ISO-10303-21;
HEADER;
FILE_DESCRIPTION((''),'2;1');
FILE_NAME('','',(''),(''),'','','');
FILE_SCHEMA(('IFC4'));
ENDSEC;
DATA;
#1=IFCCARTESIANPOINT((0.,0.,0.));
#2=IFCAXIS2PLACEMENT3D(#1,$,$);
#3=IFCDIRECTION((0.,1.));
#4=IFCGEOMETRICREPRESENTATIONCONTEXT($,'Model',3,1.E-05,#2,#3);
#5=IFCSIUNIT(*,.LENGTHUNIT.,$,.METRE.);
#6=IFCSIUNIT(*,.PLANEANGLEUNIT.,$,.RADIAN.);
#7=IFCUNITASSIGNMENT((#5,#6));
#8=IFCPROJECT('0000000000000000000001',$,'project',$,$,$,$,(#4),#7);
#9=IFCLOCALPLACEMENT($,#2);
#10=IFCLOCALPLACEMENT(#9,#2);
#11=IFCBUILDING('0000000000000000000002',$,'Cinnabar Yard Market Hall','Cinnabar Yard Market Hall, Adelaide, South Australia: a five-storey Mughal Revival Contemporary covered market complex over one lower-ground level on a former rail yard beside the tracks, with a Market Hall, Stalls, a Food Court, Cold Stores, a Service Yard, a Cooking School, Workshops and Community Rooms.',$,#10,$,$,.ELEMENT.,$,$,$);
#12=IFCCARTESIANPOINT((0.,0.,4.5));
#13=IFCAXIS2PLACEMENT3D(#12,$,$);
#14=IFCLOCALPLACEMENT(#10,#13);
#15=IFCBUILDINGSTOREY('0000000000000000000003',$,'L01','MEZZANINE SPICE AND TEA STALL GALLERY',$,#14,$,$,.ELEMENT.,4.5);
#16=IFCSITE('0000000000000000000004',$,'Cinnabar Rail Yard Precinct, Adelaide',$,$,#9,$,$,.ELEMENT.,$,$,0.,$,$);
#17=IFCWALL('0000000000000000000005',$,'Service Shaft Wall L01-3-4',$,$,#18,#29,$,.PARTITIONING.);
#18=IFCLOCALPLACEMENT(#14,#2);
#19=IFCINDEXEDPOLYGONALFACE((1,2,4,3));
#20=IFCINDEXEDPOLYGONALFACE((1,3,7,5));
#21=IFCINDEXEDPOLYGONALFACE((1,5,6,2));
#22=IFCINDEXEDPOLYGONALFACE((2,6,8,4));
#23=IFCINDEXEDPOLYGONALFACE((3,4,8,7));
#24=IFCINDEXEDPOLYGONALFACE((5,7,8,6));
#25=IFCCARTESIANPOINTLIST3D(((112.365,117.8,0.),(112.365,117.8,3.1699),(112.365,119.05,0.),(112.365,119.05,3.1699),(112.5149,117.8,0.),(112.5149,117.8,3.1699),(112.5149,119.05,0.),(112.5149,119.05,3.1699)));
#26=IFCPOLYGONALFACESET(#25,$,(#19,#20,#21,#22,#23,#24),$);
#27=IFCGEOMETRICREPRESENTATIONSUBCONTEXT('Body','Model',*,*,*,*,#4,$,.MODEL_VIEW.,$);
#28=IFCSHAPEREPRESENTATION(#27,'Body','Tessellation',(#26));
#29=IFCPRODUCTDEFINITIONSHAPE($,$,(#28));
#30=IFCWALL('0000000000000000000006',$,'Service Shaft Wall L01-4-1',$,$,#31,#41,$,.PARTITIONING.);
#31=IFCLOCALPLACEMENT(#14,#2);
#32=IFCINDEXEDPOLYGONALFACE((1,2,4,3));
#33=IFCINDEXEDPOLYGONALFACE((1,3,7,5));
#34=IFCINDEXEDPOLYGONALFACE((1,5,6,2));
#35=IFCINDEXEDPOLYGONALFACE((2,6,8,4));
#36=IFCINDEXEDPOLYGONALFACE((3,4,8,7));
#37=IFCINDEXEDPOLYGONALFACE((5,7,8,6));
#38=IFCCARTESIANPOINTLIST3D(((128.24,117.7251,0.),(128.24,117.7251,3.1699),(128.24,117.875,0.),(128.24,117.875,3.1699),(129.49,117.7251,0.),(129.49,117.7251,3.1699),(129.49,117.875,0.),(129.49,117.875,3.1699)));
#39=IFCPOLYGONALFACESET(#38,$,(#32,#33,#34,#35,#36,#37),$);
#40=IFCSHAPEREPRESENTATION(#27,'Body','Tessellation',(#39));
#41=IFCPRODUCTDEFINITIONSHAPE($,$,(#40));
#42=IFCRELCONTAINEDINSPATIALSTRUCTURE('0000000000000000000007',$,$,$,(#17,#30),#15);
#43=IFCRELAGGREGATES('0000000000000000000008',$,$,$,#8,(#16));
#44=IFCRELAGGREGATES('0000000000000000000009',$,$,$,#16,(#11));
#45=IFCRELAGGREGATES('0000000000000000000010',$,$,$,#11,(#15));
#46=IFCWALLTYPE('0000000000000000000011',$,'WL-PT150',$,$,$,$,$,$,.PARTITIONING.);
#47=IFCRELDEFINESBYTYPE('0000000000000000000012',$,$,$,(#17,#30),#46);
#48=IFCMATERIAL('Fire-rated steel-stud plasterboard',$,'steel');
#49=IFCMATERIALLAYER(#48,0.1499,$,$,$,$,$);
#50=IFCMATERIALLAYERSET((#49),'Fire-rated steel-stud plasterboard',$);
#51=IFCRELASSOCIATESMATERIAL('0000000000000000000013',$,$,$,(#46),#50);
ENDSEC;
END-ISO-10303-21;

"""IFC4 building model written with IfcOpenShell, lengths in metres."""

from ifc_helpers import new_model, si_unit, direction, frame, frame_2d, origin, place, context, subcontext, project, spatial, rectangle, extrude, material, layer, layer_set, type_object, element, save


model = new_model("IFC4")

# Units and contexts
model_context = context("Model", 3, precision=1e-05, world=origin(), true_north=direction((0.0, 1.0)))
body_context = subcontext(model_context, "Body", "Model", "MODEL_VIEW")
ifc_project = project(units=[si_unit("LENGTHUNIT", "METRE"), si_unit("PLANEANGLEUNIT", "RADIAN")], contexts=[model_context])

# Site, building, storey
site_placement = place(None, origin())
site = spatial("IfcSite", under=ifc_project, at=site_placement, Name="Cinnabar Rail Yard Precinct, Adelaide", CompositionType="ELEMENT", RefElevation=0.0)
building_placement = place(site_placement, origin())
building = spatial("IfcBuilding", under=site, at=building_placement, Name="Cinnabar Yard Market Hall", Description="Cinnabar Yard Market Hall, Adelaide, South Australia: a five-storey Mughal Revival Contemporary covered market complex over one lower-ground level on a former rail yard beside the tracks, with a Market Hall, Stalls, a Food Court, Cold Stores, a Service Yard, a Cooking School, Workshops and Community Rooms.", CompositionType="ELEMENT")
storey_placement = place(building_placement, frame((0.0, 0.0, 4.5)))
storey = spatial("IfcBuildingStorey", under=building, at=storey_placement, Name="L01", Description="MEZZANINE SPICE AND TEA STALL GALLERY", CompositionType="ELEMENT", Elevation=4.5)

# Walls
ifc_material_1 = material(Name="Fire-rated steel-stud plasterboard", Category="steel")
ifc_layer_1 = layer(ifc_material_1, 0.1499)
ifc_layer_set_1 = layer_set([ifc_layer_1], Name="Fire-rated steel-stud plasterboard")
wall_type_1 = type_object("IfcWallType", Name="WL-PT150", PredefinedType="PARTITIONING", material=ifc_layer_set_1)
for number, where, z_axis, x_axis, name in (
    (1, (112.4399, 119.05, 0.0), (0.0, 0.0, 1.0), (0.0, -1.0, 0.0), "Service Shaft Wall L01-3-4"),
    (2, (128.24, 117.8, 0.0), (0.0, 0.0, 1.0), (1.0, 0.0, 0.0), "Service Shaft Wall L01-4-1"),
):
    element("IfcWall", number, at=place(storey_placement, frame(where, z_axis=z_axis, x_axis=x_axis)), inside=storey, type_object=wall_type_1, Name=name, PredefinedType="PARTITIONING", context=body_context, shape_type="SweptSolid", body=[
        extrude(rectangle(XDim=1.25, YDim=0.1499, at=frame_2d((0.625, 0.0), x_axis=(1.0, 0.0))), origin(), (0.0, 0.0, 1.0), 3.1699),
    ])

save(model, "model.ifc")
